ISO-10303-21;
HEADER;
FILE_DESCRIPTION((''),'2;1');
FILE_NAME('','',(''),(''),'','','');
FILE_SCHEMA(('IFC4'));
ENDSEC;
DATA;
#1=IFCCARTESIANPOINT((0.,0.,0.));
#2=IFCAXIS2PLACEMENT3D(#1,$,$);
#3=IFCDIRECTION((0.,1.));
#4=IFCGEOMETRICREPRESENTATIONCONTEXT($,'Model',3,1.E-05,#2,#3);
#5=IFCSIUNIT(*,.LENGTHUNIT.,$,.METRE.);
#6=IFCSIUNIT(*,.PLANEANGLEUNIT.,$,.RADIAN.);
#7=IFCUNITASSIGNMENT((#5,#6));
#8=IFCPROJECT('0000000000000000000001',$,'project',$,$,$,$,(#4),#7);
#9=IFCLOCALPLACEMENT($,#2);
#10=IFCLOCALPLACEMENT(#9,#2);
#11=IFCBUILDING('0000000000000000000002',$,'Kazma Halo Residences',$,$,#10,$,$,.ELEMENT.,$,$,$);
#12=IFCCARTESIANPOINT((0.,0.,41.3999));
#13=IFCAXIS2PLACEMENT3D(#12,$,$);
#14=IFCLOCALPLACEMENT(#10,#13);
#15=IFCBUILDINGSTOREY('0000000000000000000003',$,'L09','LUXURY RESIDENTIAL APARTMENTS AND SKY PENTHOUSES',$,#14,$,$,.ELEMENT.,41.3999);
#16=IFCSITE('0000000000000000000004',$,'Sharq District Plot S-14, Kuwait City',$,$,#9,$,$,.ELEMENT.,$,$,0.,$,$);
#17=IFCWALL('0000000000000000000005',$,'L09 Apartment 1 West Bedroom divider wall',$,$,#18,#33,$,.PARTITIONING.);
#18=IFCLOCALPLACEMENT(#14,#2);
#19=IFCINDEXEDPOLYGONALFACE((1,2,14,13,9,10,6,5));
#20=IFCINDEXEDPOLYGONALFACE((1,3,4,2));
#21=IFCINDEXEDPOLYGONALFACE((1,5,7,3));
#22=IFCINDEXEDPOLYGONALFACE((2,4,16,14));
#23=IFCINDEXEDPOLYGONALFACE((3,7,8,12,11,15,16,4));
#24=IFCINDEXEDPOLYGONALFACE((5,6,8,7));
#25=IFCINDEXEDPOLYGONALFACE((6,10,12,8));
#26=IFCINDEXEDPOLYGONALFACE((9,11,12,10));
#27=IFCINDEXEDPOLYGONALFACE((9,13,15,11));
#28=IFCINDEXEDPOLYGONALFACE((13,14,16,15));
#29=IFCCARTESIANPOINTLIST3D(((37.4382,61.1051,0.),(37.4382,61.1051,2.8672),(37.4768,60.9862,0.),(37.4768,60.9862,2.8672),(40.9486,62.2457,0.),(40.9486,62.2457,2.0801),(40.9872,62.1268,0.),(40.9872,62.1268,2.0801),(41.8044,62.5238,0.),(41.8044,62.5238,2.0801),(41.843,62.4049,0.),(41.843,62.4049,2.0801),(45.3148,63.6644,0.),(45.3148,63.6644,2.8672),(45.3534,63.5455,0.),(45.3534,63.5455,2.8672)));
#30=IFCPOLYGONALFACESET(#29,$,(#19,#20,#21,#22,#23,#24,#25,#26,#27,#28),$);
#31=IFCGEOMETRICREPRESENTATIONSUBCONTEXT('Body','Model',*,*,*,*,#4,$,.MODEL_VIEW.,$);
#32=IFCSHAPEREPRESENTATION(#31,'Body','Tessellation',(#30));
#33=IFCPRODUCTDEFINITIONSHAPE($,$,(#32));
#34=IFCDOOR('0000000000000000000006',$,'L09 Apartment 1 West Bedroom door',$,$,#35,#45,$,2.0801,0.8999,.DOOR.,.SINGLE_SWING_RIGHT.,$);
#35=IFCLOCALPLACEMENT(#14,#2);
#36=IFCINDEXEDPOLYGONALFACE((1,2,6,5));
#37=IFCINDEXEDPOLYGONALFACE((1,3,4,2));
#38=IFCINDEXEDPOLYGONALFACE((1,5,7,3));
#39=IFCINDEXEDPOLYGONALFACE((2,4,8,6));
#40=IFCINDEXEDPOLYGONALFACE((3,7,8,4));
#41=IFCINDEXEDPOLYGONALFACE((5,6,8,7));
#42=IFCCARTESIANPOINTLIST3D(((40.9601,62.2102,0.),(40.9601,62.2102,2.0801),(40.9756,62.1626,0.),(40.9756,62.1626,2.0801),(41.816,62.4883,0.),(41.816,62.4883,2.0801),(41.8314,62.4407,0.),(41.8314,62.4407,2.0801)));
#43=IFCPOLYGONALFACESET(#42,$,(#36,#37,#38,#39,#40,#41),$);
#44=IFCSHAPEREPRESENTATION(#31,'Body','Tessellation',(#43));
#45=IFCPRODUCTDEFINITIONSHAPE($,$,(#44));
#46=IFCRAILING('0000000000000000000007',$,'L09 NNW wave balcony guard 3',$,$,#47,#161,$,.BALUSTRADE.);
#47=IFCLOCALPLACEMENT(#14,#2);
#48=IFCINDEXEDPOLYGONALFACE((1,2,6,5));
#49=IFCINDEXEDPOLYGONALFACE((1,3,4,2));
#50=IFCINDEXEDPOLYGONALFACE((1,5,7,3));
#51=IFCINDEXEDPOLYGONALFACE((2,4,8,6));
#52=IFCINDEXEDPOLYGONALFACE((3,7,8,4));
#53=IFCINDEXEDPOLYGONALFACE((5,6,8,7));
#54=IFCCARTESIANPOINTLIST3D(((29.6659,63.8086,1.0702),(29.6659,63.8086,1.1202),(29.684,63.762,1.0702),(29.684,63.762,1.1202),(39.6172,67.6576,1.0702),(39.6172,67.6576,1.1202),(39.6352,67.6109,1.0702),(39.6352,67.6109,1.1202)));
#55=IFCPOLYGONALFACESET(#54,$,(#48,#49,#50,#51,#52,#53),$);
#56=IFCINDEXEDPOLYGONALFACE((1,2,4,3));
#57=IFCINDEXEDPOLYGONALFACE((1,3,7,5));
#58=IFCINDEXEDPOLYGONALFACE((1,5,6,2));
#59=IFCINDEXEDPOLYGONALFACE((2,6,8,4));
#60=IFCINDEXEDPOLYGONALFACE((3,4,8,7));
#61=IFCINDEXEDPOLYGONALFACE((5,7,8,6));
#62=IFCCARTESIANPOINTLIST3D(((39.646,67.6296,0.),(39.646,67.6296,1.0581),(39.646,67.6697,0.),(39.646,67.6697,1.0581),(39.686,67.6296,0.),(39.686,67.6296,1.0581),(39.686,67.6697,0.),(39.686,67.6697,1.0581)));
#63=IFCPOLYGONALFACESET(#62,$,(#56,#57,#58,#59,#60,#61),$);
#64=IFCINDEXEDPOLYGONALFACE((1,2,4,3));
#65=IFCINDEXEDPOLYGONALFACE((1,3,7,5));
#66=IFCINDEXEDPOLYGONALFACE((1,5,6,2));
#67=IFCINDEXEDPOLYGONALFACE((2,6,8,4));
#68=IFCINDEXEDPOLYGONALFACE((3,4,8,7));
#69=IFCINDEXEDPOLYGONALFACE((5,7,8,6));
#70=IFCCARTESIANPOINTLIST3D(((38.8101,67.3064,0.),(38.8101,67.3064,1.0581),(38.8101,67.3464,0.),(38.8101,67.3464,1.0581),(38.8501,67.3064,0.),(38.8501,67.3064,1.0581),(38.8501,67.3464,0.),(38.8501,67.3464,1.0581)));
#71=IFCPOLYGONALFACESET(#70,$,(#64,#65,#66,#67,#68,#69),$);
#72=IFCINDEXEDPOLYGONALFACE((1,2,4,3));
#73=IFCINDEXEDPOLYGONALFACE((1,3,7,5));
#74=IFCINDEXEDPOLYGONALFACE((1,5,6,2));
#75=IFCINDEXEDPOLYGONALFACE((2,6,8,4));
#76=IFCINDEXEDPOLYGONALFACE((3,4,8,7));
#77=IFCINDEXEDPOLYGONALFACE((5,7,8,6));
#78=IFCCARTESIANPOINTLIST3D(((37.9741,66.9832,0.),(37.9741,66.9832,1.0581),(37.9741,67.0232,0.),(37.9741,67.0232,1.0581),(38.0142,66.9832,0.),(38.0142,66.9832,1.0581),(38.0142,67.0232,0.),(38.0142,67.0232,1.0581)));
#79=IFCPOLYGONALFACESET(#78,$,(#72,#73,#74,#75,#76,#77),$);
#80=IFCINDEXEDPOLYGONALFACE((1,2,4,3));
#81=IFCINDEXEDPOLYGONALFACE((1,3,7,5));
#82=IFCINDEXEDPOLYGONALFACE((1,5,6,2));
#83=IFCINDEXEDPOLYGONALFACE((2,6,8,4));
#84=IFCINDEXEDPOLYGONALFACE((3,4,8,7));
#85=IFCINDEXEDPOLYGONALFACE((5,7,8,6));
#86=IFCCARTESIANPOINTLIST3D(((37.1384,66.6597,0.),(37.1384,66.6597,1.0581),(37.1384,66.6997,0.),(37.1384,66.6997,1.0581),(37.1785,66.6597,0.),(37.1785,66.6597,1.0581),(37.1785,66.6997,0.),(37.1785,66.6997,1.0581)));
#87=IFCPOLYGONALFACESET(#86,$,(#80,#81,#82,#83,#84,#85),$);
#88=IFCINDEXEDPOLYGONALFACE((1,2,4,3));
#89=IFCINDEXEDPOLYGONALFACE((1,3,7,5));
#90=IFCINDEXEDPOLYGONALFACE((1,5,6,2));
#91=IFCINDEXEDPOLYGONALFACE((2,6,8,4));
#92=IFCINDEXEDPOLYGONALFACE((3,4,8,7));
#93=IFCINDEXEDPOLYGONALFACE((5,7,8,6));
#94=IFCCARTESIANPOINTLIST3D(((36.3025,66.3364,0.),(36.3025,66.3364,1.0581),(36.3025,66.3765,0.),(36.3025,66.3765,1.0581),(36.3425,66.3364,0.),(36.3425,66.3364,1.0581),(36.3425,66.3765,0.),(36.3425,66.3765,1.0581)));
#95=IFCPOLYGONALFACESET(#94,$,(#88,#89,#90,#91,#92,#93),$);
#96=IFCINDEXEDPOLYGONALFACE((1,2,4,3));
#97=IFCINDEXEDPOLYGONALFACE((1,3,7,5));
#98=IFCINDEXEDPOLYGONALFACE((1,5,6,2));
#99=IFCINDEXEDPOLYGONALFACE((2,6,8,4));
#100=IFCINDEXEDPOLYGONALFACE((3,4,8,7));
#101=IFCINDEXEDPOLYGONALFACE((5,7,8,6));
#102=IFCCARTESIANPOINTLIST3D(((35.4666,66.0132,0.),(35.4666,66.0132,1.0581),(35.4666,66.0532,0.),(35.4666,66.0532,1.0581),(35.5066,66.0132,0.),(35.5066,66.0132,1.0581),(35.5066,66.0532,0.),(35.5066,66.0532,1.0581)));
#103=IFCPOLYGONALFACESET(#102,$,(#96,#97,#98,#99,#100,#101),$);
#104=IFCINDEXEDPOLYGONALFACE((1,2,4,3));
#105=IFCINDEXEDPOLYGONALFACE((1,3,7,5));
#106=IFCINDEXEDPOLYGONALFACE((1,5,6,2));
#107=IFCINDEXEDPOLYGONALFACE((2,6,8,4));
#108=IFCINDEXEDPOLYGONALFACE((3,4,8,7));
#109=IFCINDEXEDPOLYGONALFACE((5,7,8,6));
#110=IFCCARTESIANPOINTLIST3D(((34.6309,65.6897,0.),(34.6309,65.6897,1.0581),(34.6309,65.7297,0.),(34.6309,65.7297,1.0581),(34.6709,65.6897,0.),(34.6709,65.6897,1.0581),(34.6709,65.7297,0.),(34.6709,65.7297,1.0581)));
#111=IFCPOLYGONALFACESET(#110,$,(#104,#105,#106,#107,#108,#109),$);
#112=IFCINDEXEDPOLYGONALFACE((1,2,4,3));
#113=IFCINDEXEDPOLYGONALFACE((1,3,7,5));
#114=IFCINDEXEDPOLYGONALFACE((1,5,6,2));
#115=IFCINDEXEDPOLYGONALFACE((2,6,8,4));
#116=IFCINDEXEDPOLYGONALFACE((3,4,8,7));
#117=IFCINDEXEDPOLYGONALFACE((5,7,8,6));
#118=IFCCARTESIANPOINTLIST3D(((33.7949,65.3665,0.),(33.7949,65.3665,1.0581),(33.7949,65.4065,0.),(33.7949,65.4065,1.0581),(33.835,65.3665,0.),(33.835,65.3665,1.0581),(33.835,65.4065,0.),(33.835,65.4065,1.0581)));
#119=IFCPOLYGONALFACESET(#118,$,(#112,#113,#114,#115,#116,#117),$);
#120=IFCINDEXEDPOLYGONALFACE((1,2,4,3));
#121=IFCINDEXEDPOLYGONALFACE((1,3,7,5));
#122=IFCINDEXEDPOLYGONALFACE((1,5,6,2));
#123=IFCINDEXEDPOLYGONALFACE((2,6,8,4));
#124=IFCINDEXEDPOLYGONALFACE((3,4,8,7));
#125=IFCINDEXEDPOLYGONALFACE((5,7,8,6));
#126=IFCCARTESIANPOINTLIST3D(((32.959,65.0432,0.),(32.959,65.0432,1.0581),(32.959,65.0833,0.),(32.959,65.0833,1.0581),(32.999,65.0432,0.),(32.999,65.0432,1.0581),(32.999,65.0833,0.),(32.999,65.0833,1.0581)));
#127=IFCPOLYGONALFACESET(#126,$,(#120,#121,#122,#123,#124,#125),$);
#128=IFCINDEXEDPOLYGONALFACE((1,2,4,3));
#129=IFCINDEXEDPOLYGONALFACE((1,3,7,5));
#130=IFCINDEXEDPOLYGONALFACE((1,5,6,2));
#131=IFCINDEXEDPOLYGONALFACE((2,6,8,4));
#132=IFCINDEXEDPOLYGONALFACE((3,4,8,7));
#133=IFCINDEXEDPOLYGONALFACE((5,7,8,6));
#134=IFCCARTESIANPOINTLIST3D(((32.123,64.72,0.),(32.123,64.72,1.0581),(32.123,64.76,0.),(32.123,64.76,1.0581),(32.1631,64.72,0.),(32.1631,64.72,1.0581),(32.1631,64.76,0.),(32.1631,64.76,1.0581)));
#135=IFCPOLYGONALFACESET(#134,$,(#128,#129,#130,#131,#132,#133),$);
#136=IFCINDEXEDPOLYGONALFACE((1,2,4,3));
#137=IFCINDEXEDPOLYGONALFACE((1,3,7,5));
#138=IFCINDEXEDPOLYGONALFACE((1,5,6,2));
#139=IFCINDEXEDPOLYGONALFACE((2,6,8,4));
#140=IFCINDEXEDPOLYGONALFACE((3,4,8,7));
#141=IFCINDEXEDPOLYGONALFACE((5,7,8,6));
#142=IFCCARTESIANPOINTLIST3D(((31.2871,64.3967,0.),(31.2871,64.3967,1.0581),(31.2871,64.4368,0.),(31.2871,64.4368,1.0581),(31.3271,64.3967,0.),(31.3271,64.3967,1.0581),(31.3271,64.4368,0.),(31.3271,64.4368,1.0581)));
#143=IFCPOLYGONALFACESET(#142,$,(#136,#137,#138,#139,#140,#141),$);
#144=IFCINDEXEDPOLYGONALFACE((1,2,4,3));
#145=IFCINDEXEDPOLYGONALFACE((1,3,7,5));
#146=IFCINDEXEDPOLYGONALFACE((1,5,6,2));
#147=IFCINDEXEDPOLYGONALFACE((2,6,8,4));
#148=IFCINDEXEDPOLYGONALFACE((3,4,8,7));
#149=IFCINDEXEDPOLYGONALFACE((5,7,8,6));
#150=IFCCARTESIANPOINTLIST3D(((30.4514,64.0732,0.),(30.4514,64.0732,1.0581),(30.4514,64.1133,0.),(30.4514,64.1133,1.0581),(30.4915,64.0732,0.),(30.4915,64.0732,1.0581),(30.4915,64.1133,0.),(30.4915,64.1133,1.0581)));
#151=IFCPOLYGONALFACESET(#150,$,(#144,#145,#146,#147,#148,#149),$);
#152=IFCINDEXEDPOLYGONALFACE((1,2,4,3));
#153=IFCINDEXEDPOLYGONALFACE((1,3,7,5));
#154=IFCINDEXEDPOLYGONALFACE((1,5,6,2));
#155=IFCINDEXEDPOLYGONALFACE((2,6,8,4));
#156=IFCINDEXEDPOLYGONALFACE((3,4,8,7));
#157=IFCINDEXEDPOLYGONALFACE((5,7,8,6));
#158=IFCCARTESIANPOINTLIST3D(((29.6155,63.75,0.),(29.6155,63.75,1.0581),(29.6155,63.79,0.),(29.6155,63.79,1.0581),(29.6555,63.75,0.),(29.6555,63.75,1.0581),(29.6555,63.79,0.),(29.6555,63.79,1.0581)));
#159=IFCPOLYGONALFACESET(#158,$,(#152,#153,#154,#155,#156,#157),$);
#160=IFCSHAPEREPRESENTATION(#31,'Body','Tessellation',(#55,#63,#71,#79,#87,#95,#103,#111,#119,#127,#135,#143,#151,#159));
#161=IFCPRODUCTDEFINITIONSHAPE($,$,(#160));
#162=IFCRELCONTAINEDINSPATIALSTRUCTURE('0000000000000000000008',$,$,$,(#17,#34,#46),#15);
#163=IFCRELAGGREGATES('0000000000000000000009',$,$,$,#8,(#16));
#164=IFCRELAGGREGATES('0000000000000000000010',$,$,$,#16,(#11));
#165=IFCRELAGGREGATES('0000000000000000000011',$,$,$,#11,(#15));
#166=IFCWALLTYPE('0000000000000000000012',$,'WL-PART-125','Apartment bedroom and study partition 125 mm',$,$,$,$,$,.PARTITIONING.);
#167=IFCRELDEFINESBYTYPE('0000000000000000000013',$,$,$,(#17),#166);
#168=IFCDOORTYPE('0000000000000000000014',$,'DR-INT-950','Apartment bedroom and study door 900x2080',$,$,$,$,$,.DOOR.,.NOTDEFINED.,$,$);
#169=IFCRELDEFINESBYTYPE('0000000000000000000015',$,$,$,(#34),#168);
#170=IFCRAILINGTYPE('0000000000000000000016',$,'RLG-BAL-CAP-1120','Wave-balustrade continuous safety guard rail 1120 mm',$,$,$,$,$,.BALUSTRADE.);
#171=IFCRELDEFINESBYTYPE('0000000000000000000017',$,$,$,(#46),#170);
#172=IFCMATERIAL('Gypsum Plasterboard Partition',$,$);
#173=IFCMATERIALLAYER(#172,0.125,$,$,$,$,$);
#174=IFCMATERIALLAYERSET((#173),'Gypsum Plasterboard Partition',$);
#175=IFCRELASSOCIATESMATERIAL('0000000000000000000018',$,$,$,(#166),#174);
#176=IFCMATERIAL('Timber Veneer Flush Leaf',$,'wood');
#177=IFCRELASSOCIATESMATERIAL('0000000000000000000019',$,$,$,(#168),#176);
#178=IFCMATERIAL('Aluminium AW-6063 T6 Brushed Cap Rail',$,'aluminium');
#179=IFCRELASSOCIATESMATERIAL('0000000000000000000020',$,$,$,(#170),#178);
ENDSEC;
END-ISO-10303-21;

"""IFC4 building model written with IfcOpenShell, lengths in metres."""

from ifc_helpers import new_model, si_unit, direction, frame, frame_2d, origin, origin_2d, place, context, subcontext, project, spatial, rectangle, extrude, material, layer, layer_set, type_object, element, fill, save


model = new_model("IFC4")

# Units and contexts
model_context = context("Model", 3, precision=1e-05, world=origin(), true_north=direction((0.0, 1.0)))
body_context = subcontext(model_context, "Body", "Model", "MODEL_VIEW")
ifc_project = project(units=[si_unit("LENGTHUNIT", "METRE"), si_unit("PLANEANGLEUNIT", "RADIAN")], contexts=[model_context])

# Site, building, storey
site_placement = place(None, origin())
site = spatial("IfcSite", under=ifc_project, at=site_placement, Name="Sharq District Plot S-14, Kuwait City", CompositionType="ELEMENT", RefElevation=0.0)
building_placement = place(site_placement, origin())
building = spatial("IfcBuilding", under=site, at=building_placement, Name="Kazma Halo Residences", CompositionType="ELEMENT")
storey_placement = place(building_placement, frame((0.0, 0.0, 41.3999)))
storey = spatial("IfcBuildingStorey", under=building, at=storey_placement, Name="L09", Description="LUXURY RESIDENTIAL APARTMENTS AND SKY PENTHOUSES", CompositionType="ELEMENT", Elevation=41.3999)

# Shared definitions
ifc_material_1 = material(Name="Gypsum Plasterboard Partition")
ifc_layer_1 = layer(ifc_material_1, 0.125)
ifc_layer_set_1 = layer_set([ifc_layer_1], Name="Gypsum Plasterboard Partition")
wall_type_1 = type_object("IfcWallType", Name="WL-PART-125", Description="Apartment bedroom and study partition 125 mm", PredefinedType="PARTITIONING", material=ifc_layer_set_1)

# Wall, opening, door
ifc_material_2 = material(Name="Timber Veneer Flush Leaf", Category="wood")
door_type_1 = type_object("IfcDoorType", Name="DR-INT-950", Description="Apartment bedroom and study door 900x2080", OperationType="NOTDEFINED", PredefinedType="DOOR", material=ifc_material_2)
wall_1_placement = place(storey_placement, frame((45.3342, 63.605, 0.0), z_axis=(0.0, 0.0, 1.0), x_axis=(-0.951056, -0.30902, 0.0)))
wall_1 = element("IfcWall", 1, at=wall_1_placement, inside=storey, type_object=wall_type_1, Name="L09 Apartment 1 West Bedroom divider wall", PredefinedType="PARTITIONING", context=body_context, shape_type="SweptSolid", body=[
    extrude(rectangle(XDim=8.282, YDim=0.125, at=frame_2d((4.1411, 0.0))), origin(), (0.0, 0.0, 1.0), 2.8672),
])
opening_1_placement = place(wall_1_placement, frame((3.6912, 0.0, 0.0)))
opening_1 = element("IfcOpeningElement", 2, at=opening_1_placement, cuts=wall_1, PredefinedType="OPENING", context=body_context, shape_type="SweptSolid", body=[
    extrude(rectangle(XDim=0.8999, YDim=2.0801, at=frame_2d((0.45, 1.04))), frame((0.0, 0.0725, 0.0), z_axis=(0.0, -1.0, 0.0), x_axis=(1.0, 0.0, 0.0)), (0.0, 0.0, 1.0), 0.145),
])
door_1_placement = place(opening_1_placement, origin())
door_1 = element("IfcDoor", 3, at=door_1_placement, inside=storey, type_object=door_type_1, Name="L09 Apartment 1 West Bedroom door", OperationType="SINGLE_SWING_RIGHT", OverallHeight=2.0801, OverallWidth=0.8999, PredefinedType="DOOR", context=body_context, shape_type="SweptSolid", body=[
    extrude(rectangle(XDim=0.8999, YDim=2.0801, at=frame_2d((0.45, 1.04))), frame((0.0, 0.0249, 0.0), z_axis=(0.0, -1.0, 0.0), x_axis=(1.0, 0.0, 0.0)), (0.0, 0.0, 1.0), 0.05),
])
fill(opening_1, door_1)

# Railing
ifc_material_3 = material(Name="Aluminium AW-6063 T6 Brushed Cap Rail", Category="aluminium")
railing_type = type_object("IfcRailingType", Name="RLG-BAL-CAP-1120", Description="Wave-balustrade continuous safety guard rail 1120 mm", PredefinedType="BALUSTRADE", material=ifc_material_3)
railing_placement = place(storey_placement, frame((39.666, 67.6497, 0.0)))
element("IfcRailing", 4, at=railing_placement, inside=storey, type_object=railing_type, Name="L09 NNW wave balcony guard 3", PredefinedType="BALUSTRADE", context=body_context, shape_type="SweptSolid", body=[
    extrude(rectangle(XDim=0.05, YDim=0.05, at=origin_2d()), frame((-0.0398, -0.0154, 1.0952), z_axis=(-0.932666, -0.36074, 0.0), x_axis=(0.36074, -0.932666, 0.0)), (0.0, 0.0, 1.0), 10.6697),
    extrude(rectangle(XDim=0.04, YDim=0.04, at=origin_2d()), origin(), (0.0, 0.0, 1.0), 1.0581),
    extrude(rectangle(XDim=0.04, YDim=0.04, at=origin_2d()), frame((-0.8359, -0.3232, 0.0)), (0.0, 0.0, 1.0), 1.0581),
    extrude(rectangle(XDim=0.04, YDim=0.04, at=origin_2d()), frame((-1.6719, -0.6465, 0.0)), (0.0, 0.0, 1.0), 1.0581),
    extrude(rectangle(XDim=0.04, YDim=0.04, at=origin_2d()), frame((-2.5076, -0.97, 0.0)), (0.0, 0.0, 1.0), 1.0581),
    extrude(rectangle(XDim=0.04, YDim=0.04, at=origin_2d()), frame((-3.3435, -1.2932, 0.0)), (0.0, 0.0, 1.0), 1.0581),
    extrude(rectangle(XDim=0.04, YDim=0.04, at=origin_2d()), frame((-4.1794, -1.6165, 0.0)), (0.0, 0.0, 1.0), 1.0581),
    extrude(rectangle(XDim=0.04, YDim=0.04, at=origin_2d()), frame((-5.0151, -1.9399, 0.0)), (0.0, 0.0, 1.0), 1.0581),
    extrude(rectangle(XDim=0.04, YDim=0.04, at=origin_2d()), frame((-5.8511, -2.2632, 0.0)), (0.0, 0.0, 1.0), 1.0581),
    extrude(rectangle(XDim=0.04, YDim=0.04, at=origin_2d()), frame((-6.687, -2.5864, 0.0)), (0.0, 0.0, 1.0), 1.0581),
    extrude(rectangle(XDim=0.04, YDim=0.04, at=origin_2d()), frame((-7.5229, -2.9097, 0.0)), (0.0, 0.0, 1.0), 1.0581),
    extrude(rectangle(XDim=0.04, YDim=0.04, at=origin_2d()), frame((-8.3589, -3.2329, 0.0)), (0.0, 0.0, 1.0), 1.0581),
    extrude(rectangle(XDim=0.04, YDim=0.04, at=origin_2d()), frame((-9.1946, -3.5564, 0.0)), (0.0, 0.0, 1.0), 1.0581),
    extrude(rectangle(XDim=0.04, YDim=0.04, at=origin_2d()), frame((-10.0305, -3.8796, 0.0)), (0.0, 0.0, 1.0), 1.0581),
])

save(model, "model.ifc")
